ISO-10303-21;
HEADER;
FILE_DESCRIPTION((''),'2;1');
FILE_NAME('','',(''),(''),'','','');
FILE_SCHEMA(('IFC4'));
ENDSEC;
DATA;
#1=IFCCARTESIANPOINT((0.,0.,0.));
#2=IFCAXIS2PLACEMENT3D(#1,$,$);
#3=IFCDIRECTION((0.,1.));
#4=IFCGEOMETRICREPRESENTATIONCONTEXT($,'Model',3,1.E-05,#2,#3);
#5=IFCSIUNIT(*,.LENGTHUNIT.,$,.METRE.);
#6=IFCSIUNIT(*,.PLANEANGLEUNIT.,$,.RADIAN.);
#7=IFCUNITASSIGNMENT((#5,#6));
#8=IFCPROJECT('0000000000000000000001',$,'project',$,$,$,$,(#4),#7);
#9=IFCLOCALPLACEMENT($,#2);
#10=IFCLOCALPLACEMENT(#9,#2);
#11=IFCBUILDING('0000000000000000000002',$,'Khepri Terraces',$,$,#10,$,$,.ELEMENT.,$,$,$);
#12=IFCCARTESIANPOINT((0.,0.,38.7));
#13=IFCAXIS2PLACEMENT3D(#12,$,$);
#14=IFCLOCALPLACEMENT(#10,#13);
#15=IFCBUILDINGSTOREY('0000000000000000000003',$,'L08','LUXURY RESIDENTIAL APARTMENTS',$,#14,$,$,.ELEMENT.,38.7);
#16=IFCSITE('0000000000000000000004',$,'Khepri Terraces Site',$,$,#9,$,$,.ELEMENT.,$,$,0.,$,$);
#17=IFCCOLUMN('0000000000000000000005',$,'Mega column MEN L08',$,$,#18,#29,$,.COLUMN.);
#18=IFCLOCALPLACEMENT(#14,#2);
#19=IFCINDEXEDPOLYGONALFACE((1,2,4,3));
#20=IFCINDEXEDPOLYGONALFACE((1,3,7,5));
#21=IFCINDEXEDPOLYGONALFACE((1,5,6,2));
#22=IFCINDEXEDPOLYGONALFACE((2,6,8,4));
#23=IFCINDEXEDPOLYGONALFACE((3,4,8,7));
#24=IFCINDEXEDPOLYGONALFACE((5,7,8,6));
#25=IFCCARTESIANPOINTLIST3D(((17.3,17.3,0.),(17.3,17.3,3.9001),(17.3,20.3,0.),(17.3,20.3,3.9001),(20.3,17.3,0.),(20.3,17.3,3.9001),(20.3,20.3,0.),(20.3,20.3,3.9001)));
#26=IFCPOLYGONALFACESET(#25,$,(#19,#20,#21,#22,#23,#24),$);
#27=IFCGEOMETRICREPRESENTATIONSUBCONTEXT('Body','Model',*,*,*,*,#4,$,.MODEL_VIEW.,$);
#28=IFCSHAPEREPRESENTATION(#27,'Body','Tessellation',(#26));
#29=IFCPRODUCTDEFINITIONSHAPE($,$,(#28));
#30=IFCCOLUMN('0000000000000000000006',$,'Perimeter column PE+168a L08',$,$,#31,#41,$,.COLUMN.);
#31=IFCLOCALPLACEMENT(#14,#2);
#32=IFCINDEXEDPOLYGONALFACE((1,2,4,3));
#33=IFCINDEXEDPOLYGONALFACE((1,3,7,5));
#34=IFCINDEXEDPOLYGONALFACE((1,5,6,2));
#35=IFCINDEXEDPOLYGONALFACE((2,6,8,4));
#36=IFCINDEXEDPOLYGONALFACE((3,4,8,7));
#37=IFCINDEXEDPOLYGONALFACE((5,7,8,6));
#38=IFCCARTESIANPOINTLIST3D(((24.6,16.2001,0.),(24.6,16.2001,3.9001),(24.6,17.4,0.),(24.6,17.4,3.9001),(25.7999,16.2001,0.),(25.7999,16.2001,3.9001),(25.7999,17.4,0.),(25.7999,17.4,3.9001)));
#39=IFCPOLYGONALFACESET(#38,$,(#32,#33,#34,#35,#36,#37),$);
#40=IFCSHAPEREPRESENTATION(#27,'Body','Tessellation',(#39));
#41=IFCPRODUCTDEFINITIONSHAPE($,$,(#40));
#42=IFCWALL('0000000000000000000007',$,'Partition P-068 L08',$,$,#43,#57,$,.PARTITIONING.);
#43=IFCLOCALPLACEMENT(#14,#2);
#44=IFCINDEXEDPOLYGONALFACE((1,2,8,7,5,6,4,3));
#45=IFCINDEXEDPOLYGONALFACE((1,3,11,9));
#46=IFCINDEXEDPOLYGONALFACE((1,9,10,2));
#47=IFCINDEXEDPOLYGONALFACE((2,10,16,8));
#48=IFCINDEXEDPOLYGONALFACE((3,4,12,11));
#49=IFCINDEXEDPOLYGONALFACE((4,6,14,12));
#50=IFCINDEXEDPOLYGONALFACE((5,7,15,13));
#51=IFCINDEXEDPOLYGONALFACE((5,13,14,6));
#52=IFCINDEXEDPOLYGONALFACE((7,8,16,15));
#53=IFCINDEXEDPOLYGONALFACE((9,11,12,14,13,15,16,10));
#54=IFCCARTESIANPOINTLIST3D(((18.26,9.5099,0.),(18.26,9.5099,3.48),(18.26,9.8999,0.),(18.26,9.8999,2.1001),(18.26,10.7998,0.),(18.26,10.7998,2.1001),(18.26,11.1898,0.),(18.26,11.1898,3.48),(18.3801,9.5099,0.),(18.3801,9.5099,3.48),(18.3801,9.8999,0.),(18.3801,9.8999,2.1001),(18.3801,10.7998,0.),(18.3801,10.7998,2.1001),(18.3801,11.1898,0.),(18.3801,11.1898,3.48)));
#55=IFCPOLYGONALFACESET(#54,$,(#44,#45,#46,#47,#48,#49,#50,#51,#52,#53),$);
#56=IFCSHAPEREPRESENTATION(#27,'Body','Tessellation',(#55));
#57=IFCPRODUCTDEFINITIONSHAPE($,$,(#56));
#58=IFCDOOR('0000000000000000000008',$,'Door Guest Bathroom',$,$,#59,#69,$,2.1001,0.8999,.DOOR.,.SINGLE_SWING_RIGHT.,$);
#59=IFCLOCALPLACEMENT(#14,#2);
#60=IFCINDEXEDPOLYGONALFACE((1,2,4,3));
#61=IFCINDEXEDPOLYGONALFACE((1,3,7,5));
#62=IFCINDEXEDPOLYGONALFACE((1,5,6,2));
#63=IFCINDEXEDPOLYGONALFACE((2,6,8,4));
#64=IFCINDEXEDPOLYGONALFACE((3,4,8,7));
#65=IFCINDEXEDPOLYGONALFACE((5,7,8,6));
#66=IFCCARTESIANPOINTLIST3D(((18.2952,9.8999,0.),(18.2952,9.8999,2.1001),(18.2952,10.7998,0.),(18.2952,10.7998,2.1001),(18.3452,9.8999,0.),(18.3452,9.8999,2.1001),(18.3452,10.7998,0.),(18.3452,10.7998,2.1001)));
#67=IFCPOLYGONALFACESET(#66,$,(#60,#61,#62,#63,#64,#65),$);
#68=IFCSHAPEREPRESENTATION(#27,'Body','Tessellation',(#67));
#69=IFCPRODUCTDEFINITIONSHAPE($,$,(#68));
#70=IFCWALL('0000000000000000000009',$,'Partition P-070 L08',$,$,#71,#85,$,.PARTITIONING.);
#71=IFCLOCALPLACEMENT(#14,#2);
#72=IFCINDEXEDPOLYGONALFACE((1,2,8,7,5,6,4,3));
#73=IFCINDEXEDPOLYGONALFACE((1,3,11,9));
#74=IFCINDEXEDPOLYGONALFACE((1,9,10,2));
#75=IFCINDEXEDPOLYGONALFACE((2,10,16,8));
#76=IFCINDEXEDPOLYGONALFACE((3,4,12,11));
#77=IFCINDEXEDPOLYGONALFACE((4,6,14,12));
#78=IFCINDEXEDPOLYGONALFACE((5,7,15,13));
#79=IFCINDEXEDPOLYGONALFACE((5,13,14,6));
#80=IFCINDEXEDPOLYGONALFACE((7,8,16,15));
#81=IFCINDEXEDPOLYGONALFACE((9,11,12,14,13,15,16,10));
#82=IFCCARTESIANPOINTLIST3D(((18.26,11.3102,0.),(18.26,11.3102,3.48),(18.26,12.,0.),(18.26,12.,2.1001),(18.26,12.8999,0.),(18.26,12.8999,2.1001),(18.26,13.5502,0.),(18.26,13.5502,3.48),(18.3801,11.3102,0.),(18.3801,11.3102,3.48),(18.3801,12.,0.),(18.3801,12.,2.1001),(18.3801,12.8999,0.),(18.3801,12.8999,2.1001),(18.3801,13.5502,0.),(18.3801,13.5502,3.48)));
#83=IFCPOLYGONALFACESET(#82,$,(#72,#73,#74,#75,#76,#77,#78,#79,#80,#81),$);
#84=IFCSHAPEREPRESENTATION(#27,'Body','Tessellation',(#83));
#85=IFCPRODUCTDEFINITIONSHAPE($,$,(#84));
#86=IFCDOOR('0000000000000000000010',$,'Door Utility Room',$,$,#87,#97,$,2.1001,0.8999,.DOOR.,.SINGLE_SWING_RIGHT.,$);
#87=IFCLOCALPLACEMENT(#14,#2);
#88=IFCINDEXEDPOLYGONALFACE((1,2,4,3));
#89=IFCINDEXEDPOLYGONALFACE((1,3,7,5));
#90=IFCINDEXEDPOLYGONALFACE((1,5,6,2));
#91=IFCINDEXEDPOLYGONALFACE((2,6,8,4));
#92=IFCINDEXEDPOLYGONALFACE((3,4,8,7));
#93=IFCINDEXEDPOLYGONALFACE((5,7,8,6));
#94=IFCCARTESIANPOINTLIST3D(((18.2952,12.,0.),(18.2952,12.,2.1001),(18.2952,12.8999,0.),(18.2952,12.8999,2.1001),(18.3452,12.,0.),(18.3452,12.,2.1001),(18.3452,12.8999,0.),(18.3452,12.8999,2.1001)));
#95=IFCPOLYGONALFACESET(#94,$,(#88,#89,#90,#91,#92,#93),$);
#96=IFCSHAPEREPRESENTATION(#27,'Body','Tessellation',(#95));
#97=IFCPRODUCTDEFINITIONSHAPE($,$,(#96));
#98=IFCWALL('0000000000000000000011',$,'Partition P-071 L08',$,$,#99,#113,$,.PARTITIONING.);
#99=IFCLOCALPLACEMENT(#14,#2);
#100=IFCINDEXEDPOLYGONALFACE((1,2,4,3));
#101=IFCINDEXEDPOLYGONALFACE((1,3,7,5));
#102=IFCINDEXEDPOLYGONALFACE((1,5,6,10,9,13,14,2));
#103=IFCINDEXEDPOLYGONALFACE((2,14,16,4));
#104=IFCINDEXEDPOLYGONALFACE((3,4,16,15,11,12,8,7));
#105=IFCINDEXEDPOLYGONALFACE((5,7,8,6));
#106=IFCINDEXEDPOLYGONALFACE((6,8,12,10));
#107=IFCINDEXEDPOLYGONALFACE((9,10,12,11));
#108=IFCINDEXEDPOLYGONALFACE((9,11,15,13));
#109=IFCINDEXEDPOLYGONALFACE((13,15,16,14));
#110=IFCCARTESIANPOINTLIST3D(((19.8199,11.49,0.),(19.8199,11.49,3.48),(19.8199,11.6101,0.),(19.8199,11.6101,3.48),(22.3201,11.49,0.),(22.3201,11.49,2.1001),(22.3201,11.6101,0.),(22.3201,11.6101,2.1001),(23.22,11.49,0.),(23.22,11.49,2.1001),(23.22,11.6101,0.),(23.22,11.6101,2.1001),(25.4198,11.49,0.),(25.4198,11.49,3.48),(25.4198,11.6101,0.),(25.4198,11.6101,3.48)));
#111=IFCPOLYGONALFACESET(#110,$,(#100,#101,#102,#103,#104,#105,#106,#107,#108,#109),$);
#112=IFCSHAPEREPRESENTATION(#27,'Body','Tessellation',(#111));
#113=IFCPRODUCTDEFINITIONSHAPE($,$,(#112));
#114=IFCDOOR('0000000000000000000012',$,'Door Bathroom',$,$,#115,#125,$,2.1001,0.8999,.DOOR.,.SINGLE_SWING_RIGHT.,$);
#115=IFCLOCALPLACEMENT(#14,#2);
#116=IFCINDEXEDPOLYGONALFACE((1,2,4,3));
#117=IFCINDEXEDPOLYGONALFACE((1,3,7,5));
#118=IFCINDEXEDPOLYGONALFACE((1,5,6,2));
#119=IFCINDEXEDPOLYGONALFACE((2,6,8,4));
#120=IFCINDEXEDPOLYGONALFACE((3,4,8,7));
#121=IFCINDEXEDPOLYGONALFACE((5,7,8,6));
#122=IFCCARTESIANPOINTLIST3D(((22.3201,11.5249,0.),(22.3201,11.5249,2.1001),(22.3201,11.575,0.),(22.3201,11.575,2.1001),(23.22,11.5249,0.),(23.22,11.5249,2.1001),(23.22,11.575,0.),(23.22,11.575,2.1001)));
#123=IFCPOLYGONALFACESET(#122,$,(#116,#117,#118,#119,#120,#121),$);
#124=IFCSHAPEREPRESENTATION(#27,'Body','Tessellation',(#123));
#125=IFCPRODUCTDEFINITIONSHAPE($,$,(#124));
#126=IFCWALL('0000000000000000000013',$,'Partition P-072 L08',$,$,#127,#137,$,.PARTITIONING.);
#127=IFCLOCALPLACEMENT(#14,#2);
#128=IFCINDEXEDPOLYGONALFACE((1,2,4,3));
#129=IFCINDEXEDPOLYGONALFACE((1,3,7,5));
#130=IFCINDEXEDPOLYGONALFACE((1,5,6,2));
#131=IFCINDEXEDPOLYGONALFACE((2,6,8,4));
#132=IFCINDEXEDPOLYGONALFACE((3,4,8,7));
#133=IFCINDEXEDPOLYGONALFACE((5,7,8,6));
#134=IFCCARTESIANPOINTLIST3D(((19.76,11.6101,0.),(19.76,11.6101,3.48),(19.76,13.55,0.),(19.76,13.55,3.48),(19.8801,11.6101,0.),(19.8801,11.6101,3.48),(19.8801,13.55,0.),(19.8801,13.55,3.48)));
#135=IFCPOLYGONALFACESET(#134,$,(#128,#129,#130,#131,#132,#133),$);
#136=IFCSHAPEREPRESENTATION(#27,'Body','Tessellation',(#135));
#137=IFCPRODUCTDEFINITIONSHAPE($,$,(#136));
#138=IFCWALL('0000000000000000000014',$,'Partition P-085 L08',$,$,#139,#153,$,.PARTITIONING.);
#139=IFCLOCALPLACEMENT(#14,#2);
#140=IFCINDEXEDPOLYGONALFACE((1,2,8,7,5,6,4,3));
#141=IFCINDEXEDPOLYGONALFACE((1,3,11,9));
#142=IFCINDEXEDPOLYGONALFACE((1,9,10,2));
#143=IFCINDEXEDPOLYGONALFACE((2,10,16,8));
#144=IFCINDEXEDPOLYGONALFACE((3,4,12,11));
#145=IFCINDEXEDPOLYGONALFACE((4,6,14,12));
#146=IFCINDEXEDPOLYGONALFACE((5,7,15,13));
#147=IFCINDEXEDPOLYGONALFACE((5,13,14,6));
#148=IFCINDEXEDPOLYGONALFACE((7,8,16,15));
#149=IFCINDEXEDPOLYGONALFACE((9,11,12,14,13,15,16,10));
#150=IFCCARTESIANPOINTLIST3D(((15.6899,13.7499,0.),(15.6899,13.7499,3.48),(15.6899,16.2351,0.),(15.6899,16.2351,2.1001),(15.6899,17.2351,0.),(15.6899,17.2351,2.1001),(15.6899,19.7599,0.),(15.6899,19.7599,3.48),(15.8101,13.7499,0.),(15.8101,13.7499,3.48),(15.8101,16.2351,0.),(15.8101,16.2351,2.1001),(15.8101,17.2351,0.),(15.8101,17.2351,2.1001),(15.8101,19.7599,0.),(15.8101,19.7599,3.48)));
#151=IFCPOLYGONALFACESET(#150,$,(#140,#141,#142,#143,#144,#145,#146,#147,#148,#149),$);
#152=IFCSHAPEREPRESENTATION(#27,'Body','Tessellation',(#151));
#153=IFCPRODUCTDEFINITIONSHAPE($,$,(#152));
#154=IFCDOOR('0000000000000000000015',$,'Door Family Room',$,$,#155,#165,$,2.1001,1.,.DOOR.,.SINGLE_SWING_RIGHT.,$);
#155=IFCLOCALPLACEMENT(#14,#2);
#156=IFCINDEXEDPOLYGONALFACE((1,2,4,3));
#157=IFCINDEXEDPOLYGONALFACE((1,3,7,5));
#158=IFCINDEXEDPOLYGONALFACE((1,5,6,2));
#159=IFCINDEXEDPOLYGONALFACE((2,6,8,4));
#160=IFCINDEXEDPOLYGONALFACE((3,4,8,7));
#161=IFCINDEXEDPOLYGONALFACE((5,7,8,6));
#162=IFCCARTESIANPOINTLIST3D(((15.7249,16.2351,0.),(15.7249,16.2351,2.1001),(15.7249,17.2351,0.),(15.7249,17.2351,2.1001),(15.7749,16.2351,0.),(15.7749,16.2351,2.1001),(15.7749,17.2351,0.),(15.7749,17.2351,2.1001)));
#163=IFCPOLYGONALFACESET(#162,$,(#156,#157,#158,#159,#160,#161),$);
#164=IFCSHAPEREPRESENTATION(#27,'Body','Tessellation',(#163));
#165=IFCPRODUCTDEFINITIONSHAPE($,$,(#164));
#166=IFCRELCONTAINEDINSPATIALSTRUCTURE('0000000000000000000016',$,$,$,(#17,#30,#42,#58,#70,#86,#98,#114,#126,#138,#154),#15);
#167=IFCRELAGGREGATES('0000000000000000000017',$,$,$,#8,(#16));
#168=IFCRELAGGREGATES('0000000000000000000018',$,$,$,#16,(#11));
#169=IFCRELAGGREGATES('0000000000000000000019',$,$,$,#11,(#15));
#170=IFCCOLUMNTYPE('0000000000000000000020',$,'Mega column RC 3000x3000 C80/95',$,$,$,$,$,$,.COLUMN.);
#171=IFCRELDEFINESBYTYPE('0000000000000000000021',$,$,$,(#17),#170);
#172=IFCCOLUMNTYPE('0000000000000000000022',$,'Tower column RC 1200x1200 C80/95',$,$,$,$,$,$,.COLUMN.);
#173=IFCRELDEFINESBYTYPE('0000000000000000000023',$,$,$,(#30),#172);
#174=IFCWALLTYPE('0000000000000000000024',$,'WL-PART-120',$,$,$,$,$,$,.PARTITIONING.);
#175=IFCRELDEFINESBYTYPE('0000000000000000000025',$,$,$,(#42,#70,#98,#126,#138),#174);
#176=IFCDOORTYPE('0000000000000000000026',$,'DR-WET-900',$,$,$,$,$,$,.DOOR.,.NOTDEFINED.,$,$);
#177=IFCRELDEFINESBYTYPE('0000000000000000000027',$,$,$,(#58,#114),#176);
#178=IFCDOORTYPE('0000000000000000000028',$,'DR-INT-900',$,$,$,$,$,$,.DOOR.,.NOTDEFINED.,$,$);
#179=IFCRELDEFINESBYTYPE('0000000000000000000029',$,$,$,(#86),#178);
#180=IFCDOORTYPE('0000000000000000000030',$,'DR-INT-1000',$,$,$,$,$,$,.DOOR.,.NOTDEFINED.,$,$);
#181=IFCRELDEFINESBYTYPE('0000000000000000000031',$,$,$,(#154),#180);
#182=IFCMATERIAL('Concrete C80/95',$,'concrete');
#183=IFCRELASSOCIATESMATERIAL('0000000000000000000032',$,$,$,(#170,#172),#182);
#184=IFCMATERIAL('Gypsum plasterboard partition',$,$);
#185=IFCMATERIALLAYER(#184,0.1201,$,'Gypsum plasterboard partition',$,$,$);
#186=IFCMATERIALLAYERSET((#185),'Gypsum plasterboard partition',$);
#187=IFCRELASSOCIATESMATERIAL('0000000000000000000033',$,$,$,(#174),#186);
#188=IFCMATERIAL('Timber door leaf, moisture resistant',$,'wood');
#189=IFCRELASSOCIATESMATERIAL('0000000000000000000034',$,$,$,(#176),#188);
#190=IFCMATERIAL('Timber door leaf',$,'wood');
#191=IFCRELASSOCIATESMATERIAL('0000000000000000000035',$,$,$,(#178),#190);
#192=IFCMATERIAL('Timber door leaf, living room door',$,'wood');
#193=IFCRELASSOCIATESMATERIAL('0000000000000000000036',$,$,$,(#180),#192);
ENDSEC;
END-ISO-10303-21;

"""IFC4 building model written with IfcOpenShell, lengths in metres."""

from ifc_helpers import new_model, si_unit, direction, frame, frame_2d, origin, origin_2d, place, context, subcontext, project, spatial, rectangle, extrude, material, layer, layer_set, material_profile, profile_set, type_object, element, fill, save


model = new_model("IFC4")

# Units and contexts
model_context = context("Model", 3, precision=1e-05, world=origin(), true_north=direction((0.0, 1.0)))
body_context = subcontext(model_context, "Body", "Model", "MODEL_VIEW")
ifc_project = project(units=[si_unit("LENGTHUNIT", "METRE"), si_unit("PLANEANGLEUNIT", "RADIAN")], contexts=[model_context])

# Site, building, storey
site_placement = place(None, origin())
site = spatial("IfcSite", under=ifc_project, at=site_placement, Name="Khepri Terraces Site", CompositionType="ELEMENT", RefElevation=0.0)
building_placement = place(site_placement, origin())
building = spatial("IfcBuilding", under=site, at=building_placement, Name="Khepri Terraces", CompositionType="ELEMENT")
storey_placement = place(building_placement, frame((0.0, 0.0, 38.7)))
storey = spatial("IfcBuildingStorey", under=building, at=storey_placement, Name="L08", Description="LUXURY RESIDENTIAL APARTMENTS", CompositionType="ELEMENT", Elevation=38.7)

# Columns
ifc_material_1 = material(Name="Concrete C80/95", Category="concrete")
ifc_material_profile_1 = material_profile(ifc_material_1, rectangle(XDim=3.0, YDim=3.0, at=origin_2d()), Name="Concrete C80/95", Category="concrete")
ifc_profile_set_1 = profile_set([ifc_material_profile_1], Name="Concrete C80/95")
column_type_1 = type_object("IfcColumnType", Name="Mega column RC 3000x3000 C80/95", PredefinedType="COLUMN", material=ifc_profile_set_1)
column_1_placement = place(storey_placement, frame((18.8, 18.8, 0.0), z_axis=(0.0, 0.0, 1.0), x_axis=(1.0, 0.0, 0.0)))
element("IfcColumn", 1, at=column_1_placement, inside=storey, type_object=column_type_1, Name="Mega column MEN L08", PredefinedType="COLUMN", context=body_context, shape_type="SweptSolid", body=[
    extrude(rectangle(XDim=3.0, YDim=3.0, at=origin_2d()), origin(), (0.0, 0.0, 1.0), 3.9001),
])
ifc_material_profile_2 = material_profile(ifc_material_1, rectangle(XDim=1.2, YDim=1.2, at=origin_2d()), Name="Concrete C80/95", Category="concrete")
ifc_profile_set_2 = profile_set([ifc_material_profile_2], Name="Concrete C80/95")
column_type_2 = type_object("IfcColumnType", Name="Tower column RC 1200x1200 C80/95", PredefinedType="COLUMN", material=ifc_profile_set_2)
column_2_placement = place(storey_placement, frame((25.2, 16.8, 0.0), z_axis=(0.0, 0.0, 1.0), x_axis=(1.0, 0.0, 0.0)))
element("IfcColumn", 2, at=column_2_placement, inside=storey, type_object=column_type_2, Name="Perimeter column PE+168a L08", PredefinedType="COLUMN", context=body_context, shape_type="SweptSolid", body=[
    extrude(rectangle(XDim=1.2, YDim=1.2, at=origin_2d()), origin(), (0.0, 0.0, 1.0), 3.9001),
])

# Walls, openings, doors
ifc_material_2 = material(Name="Gypsum plasterboard partition")
ifc_layer_1 = layer(ifc_material_2, 0.1201, Name="Gypsum plasterboard partition")
ifc_layer_set_1 = layer_set([ifc_layer_1], Name="Gypsum plasterboard partition")
wall_type_1 = type_object("IfcWallType", Name="WL-PART-120", PredefinedType="PARTITIONING", material=ifc_layer_set_1)
wall_1_placement = place(storey_placement, frame((18.3201, 9.51, 0.0), z_axis=(0.0, 0.0, 1.0), x_axis=(0.0, 1.0, 0.0)))
wall_1 = element("IfcWall", 3, at=wall_1_placement, inside=storey, type_object=wall_type_1, Name="Partition P-068 L08", PredefinedType="PARTITIONING", context=body_context, shape_type="SweptSolid", body=[
    extrude(rectangle(XDim=1.6799, YDim=0.1201, at=frame_2d((0.8398, 0.0))), origin(), (0.0, 0.0, 1.0), 3.48),
])
opening_1_placement = place(wall_1_placement, frame((0.3899, 0.0, 0.0)))
opening_1 = element("IfcOpeningElement", 4, at=opening_1_placement, cuts=wall_1, PredefinedType="OPENING", context=body_context, shape_type="SweptSolid", body=[
    extrude(rectangle(XDim=0.8999, YDim=2.1001, at=frame_2d((0.45, 1.05))), frame((0.0, 0.0701, 0.0), z_axis=(0.0, -1.0, 0.0), x_axis=(1.0, 0.0, 0.0)), (0.0, 0.0, 1.0), 0.1401),
])
ifc_material_3 = material(Name="Timber door leaf, moisture resistant", Category="wood")
door_type_1 = type_object("IfcDoorType", Name="DR-WET-900", OperationType="NOTDEFINED", PredefinedType="DOOR", material=ifc_material_3)
door_1_placement = place(opening_1_placement, origin())
door_1 = element("IfcDoor", 5, at=door_1_placement, inside=storey, type_object=door_type_1, Name="Door Guest Bathroom", OperationType="SINGLE_SWING_RIGHT", OverallHeight=2.1001, OverallWidth=0.8999, PredefinedType="DOOR", context=body_context, shape_type="SweptSolid", body=[
    extrude(rectangle(XDim=0.8999, YDim=2.1001, at=frame_2d((0.45, 1.05))), frame((0.0, 0.0249, 0.0), z_axis=(0.0, -1.0, 0.0), x_axis=(1.0, 0.0, 0.0)), (0.0, 0.0, 1.0), 0.05),
])
fill(opening_1, door_1)
wall_2_placement = place(storey_placement, frame((18.3201, 11.3101, 0.0), z_axis=(0.0, 0.0, 1.0), x_axis=(0.0, 1.0, 0.0)))
wall_2 = element("IfcWall", 6, at=wall_2_placement, inside=storey, type_object=wall_type_1, Name="Partition P-070 L08", PredefinedType="PARTITIONING", context=body_context, shape_type="SweptSolid", body=[
    extrude(rectangle(XDim=2.24, YDim=0.1201, at=frame_2d((1.1201, 0.0))), origin(), (0.0, 0.0, 1.0), 3.48),
])
opening_2_placement = place(wall_2_placement, frame((0.6899, 0.0, 0.0)))
opening_2 = element("IfcOpeningElement", 7, at=opening_2_placement, cuts=wall_2, PredefinedType="OPENING", context=body_context, shape_type="SweptSolid", body=[
    extrude(rectangle(XDim=0.8999, YDim=2.1001, at=frame_2d((0.45, 1.05))), frame((0.0, 0.0701, 0.0), z_axis=(0.0, -1.0, 0.0), x_axis=(1.0, 0.0, 0.0)), (0.0, 0.0, 1.0), 0.1401),
])
ifc_material_4 = material(Name="Timber door leaf", Category="wood")
door_type_2 = type_object("IfcDoorType", Name="DR-INT-900", OperationType="NOTDEFINED", PredefinedType="DOOR", material=ifc_material_4)
door_2_placement = place(opening_2_placement, origin())
door_2 = element("IfcDoor", 8, at=door_2_placement, inside=storey, type_object=door_type_2, Name="Door Utility Room", OperationType="SINGLE_SWING_RIGHT", OverallHeight=2.1001, OverallWidth=0.8999, PredefinedType="DOOR", context=body_context, shape_type="SweptSolid", body=[
    extrude(rectangle(XDim=0.8999, YDim=2.1001, at=frame_2d((0.45, 1.05))), frame((0.0, 0.0249, 0.0), z_axis=(0.0, -1.0, 0.0), x_axis=(1.0, 0.0, 0.0)), (0.0, 0.0, 1.0), 0.05),
])
fill(opening_2, door_2)
wall_3_placement = place(storey_placement, frame((19.8201, 11.55, 0.0), z_axis=(0.0, 0.0, 1.0), x_axis=(1.0, 0.0, 0.0)))
wall_3 = element("IfcWall", 9, at=wall_3_placement, inside=storey, type_object=wall_type_1, Name="Partition P-071 L08", PredefinedType="PARTITIONING", context=body_context, shape_type="SweptSolid", body=[
    extrude(rectangle(XDim=5.5999, YDim=0.1201, at=frame_2d((2.7998, 0.0))), origin(), (0.0, 0.0, 1.0), 3.48),
])
opening_3_placement = place(wall_3_placement, frame((2.5, 0.0, 0.0)))
opening_3 = element("IfcOpeningElement", 10, at=opening_3_placement, cuts=wall_3, PredefinedType="OPENING", context=body_context, shape_type="SweptSolid", body=[
    extrude(rectangle(XDim=0.8999, YDim=2.1001, at=frame_2d((0.45, 1.05))), frame((0.0, 0.0701, 0.0), z_axis=(0.0, -1.0, 0.0), x_axis=(1.0, 0.0, 0.0)), (0.0, 0.0, 1.0), 0.1401),
])
door_3_placement = place(opening_3_placement, origin())
door_3 = element("IfcDoor", 11, at=door_3_placement, inside=storey, type_object=door_type_1, Name="Door Bathroom", OperationType="SINGLE_SWING_RIGHT", OverallHeight=2.1001, OverallWidth=0.8999, PredefinedType="DOOR", context=body_context, shape_type="SweptSolid", body=[
    extrude(rectangle(XDim=0.8999, YDim=2.1001, at=frame_2d((0.45, 1.05))), frame((0.0, 0.0249, 0.0), z_axis=(0.0, -1.0, 0.0), x_axis=(1.0, 0.0, 0.0)), (0.0, 0.0, 1.0), 0.05),
])
fill(opening_3, door_3)

# Wall
wall_4_placement = place(storey_placement, frame((19.8201, 11.6101, 0.0), z_axis=(0.0, 0.0, 1.0), x_axis=(0.0, 1.0, 0.0)))
element("IfcWall", 12, at=wall_4_placement, inside=storey, type_object=wall_type_1, Name="Partition P-072 L08", PredefinedType="PARTITIONING", context=body_context, shape_type="SweptSolid", body=[
    extrude(rectangle(XDim=1.9399, YDim=0.1201, at=frame_2d((0.97, 0.0))), origin(), (0.0, 0.0, 1.0), 3.48),
])

# Wall, opening, door
wall_5_placement = place(storey_placement, frame((15.75, 13.75, 0.0), z_axis=(0.0, 0.0, 1.0), x_axis=(0.0, 1.0, 0.0)))
wall_5 = element("IfcWall", 13, at=wall_5_placement, inside=storey, type_object=wall_type_1, Name="Partition P-085 L08", PredefinedType="PARTITIONING", context=body_context, shape_type="SweptSolid", body=[
    extrude(rectangle(XDim=6.01, YDim=0.1201, at=frame_2d((3.0049, 0.0))), origin(), (0.0, 0.0, 1.0), 3.48),
])
opening_4_placement = place(wall_5_placement, frame((2.4851, 0.0, 0.0)))
opening_4 = element("IfcOpeningElement", 14, at=opening_4_placement, cuts=wall_5, PredefinedType="OPENING", context=body_context, shape_type="SweptSolid", body=[
    extrude(rectangle(XDim=1.0, YDim=2.1001, at=frame_2d((0.5, 1.05))), frame((0.0, 0.0701, 0.0), z_axis=(0.0, -1.0, 0.0), x_axis=(1.0, 0.0, 0.0)), (0.0, 0.0, 1.0), 0.1401),
])
ifc_material_5 = material(Name="Timber door leaf, living room door", Category="wood")
door_type_3 = type_object("IfcDoorType", Name="DR-INT-1000", OperationType="NOTDEFINED", PredefinedType="DOOR", material=ifc_material_5)
door_4_placement = place(opening_4_placement, frame((1.0, 0.0, 0.0), z_axis=(0.0, 0.0, 1.0), x_axis=(-1.0, 0.0, 0.0)))
door_4 = element("IfcDoor", 15, at=door_4_placement, inside=storey, type_object=door_type_3, Name="Door Family Room", OperationType="SINGLE_SWING_RIGHT", OverallHeight=2.1001, OverallWidth=1.0, PredefinedType="DOOR", context=body_context, shape_type="SweptSolid", body=[
    extrude(rectangle(XDim=1.0, YDim=2.1001, at=frame_2d((0.5, 1.05))), frame((0.0, 0.0249, 0.0), z_axis=(0.0, -1.0, 0.0), x_axis=(1.0, 0.0, 0.0)), (0.0, 0.0, 1.0), 0.05),
])
fill(opening_4, door_4)

save(model, "model.ifc")
